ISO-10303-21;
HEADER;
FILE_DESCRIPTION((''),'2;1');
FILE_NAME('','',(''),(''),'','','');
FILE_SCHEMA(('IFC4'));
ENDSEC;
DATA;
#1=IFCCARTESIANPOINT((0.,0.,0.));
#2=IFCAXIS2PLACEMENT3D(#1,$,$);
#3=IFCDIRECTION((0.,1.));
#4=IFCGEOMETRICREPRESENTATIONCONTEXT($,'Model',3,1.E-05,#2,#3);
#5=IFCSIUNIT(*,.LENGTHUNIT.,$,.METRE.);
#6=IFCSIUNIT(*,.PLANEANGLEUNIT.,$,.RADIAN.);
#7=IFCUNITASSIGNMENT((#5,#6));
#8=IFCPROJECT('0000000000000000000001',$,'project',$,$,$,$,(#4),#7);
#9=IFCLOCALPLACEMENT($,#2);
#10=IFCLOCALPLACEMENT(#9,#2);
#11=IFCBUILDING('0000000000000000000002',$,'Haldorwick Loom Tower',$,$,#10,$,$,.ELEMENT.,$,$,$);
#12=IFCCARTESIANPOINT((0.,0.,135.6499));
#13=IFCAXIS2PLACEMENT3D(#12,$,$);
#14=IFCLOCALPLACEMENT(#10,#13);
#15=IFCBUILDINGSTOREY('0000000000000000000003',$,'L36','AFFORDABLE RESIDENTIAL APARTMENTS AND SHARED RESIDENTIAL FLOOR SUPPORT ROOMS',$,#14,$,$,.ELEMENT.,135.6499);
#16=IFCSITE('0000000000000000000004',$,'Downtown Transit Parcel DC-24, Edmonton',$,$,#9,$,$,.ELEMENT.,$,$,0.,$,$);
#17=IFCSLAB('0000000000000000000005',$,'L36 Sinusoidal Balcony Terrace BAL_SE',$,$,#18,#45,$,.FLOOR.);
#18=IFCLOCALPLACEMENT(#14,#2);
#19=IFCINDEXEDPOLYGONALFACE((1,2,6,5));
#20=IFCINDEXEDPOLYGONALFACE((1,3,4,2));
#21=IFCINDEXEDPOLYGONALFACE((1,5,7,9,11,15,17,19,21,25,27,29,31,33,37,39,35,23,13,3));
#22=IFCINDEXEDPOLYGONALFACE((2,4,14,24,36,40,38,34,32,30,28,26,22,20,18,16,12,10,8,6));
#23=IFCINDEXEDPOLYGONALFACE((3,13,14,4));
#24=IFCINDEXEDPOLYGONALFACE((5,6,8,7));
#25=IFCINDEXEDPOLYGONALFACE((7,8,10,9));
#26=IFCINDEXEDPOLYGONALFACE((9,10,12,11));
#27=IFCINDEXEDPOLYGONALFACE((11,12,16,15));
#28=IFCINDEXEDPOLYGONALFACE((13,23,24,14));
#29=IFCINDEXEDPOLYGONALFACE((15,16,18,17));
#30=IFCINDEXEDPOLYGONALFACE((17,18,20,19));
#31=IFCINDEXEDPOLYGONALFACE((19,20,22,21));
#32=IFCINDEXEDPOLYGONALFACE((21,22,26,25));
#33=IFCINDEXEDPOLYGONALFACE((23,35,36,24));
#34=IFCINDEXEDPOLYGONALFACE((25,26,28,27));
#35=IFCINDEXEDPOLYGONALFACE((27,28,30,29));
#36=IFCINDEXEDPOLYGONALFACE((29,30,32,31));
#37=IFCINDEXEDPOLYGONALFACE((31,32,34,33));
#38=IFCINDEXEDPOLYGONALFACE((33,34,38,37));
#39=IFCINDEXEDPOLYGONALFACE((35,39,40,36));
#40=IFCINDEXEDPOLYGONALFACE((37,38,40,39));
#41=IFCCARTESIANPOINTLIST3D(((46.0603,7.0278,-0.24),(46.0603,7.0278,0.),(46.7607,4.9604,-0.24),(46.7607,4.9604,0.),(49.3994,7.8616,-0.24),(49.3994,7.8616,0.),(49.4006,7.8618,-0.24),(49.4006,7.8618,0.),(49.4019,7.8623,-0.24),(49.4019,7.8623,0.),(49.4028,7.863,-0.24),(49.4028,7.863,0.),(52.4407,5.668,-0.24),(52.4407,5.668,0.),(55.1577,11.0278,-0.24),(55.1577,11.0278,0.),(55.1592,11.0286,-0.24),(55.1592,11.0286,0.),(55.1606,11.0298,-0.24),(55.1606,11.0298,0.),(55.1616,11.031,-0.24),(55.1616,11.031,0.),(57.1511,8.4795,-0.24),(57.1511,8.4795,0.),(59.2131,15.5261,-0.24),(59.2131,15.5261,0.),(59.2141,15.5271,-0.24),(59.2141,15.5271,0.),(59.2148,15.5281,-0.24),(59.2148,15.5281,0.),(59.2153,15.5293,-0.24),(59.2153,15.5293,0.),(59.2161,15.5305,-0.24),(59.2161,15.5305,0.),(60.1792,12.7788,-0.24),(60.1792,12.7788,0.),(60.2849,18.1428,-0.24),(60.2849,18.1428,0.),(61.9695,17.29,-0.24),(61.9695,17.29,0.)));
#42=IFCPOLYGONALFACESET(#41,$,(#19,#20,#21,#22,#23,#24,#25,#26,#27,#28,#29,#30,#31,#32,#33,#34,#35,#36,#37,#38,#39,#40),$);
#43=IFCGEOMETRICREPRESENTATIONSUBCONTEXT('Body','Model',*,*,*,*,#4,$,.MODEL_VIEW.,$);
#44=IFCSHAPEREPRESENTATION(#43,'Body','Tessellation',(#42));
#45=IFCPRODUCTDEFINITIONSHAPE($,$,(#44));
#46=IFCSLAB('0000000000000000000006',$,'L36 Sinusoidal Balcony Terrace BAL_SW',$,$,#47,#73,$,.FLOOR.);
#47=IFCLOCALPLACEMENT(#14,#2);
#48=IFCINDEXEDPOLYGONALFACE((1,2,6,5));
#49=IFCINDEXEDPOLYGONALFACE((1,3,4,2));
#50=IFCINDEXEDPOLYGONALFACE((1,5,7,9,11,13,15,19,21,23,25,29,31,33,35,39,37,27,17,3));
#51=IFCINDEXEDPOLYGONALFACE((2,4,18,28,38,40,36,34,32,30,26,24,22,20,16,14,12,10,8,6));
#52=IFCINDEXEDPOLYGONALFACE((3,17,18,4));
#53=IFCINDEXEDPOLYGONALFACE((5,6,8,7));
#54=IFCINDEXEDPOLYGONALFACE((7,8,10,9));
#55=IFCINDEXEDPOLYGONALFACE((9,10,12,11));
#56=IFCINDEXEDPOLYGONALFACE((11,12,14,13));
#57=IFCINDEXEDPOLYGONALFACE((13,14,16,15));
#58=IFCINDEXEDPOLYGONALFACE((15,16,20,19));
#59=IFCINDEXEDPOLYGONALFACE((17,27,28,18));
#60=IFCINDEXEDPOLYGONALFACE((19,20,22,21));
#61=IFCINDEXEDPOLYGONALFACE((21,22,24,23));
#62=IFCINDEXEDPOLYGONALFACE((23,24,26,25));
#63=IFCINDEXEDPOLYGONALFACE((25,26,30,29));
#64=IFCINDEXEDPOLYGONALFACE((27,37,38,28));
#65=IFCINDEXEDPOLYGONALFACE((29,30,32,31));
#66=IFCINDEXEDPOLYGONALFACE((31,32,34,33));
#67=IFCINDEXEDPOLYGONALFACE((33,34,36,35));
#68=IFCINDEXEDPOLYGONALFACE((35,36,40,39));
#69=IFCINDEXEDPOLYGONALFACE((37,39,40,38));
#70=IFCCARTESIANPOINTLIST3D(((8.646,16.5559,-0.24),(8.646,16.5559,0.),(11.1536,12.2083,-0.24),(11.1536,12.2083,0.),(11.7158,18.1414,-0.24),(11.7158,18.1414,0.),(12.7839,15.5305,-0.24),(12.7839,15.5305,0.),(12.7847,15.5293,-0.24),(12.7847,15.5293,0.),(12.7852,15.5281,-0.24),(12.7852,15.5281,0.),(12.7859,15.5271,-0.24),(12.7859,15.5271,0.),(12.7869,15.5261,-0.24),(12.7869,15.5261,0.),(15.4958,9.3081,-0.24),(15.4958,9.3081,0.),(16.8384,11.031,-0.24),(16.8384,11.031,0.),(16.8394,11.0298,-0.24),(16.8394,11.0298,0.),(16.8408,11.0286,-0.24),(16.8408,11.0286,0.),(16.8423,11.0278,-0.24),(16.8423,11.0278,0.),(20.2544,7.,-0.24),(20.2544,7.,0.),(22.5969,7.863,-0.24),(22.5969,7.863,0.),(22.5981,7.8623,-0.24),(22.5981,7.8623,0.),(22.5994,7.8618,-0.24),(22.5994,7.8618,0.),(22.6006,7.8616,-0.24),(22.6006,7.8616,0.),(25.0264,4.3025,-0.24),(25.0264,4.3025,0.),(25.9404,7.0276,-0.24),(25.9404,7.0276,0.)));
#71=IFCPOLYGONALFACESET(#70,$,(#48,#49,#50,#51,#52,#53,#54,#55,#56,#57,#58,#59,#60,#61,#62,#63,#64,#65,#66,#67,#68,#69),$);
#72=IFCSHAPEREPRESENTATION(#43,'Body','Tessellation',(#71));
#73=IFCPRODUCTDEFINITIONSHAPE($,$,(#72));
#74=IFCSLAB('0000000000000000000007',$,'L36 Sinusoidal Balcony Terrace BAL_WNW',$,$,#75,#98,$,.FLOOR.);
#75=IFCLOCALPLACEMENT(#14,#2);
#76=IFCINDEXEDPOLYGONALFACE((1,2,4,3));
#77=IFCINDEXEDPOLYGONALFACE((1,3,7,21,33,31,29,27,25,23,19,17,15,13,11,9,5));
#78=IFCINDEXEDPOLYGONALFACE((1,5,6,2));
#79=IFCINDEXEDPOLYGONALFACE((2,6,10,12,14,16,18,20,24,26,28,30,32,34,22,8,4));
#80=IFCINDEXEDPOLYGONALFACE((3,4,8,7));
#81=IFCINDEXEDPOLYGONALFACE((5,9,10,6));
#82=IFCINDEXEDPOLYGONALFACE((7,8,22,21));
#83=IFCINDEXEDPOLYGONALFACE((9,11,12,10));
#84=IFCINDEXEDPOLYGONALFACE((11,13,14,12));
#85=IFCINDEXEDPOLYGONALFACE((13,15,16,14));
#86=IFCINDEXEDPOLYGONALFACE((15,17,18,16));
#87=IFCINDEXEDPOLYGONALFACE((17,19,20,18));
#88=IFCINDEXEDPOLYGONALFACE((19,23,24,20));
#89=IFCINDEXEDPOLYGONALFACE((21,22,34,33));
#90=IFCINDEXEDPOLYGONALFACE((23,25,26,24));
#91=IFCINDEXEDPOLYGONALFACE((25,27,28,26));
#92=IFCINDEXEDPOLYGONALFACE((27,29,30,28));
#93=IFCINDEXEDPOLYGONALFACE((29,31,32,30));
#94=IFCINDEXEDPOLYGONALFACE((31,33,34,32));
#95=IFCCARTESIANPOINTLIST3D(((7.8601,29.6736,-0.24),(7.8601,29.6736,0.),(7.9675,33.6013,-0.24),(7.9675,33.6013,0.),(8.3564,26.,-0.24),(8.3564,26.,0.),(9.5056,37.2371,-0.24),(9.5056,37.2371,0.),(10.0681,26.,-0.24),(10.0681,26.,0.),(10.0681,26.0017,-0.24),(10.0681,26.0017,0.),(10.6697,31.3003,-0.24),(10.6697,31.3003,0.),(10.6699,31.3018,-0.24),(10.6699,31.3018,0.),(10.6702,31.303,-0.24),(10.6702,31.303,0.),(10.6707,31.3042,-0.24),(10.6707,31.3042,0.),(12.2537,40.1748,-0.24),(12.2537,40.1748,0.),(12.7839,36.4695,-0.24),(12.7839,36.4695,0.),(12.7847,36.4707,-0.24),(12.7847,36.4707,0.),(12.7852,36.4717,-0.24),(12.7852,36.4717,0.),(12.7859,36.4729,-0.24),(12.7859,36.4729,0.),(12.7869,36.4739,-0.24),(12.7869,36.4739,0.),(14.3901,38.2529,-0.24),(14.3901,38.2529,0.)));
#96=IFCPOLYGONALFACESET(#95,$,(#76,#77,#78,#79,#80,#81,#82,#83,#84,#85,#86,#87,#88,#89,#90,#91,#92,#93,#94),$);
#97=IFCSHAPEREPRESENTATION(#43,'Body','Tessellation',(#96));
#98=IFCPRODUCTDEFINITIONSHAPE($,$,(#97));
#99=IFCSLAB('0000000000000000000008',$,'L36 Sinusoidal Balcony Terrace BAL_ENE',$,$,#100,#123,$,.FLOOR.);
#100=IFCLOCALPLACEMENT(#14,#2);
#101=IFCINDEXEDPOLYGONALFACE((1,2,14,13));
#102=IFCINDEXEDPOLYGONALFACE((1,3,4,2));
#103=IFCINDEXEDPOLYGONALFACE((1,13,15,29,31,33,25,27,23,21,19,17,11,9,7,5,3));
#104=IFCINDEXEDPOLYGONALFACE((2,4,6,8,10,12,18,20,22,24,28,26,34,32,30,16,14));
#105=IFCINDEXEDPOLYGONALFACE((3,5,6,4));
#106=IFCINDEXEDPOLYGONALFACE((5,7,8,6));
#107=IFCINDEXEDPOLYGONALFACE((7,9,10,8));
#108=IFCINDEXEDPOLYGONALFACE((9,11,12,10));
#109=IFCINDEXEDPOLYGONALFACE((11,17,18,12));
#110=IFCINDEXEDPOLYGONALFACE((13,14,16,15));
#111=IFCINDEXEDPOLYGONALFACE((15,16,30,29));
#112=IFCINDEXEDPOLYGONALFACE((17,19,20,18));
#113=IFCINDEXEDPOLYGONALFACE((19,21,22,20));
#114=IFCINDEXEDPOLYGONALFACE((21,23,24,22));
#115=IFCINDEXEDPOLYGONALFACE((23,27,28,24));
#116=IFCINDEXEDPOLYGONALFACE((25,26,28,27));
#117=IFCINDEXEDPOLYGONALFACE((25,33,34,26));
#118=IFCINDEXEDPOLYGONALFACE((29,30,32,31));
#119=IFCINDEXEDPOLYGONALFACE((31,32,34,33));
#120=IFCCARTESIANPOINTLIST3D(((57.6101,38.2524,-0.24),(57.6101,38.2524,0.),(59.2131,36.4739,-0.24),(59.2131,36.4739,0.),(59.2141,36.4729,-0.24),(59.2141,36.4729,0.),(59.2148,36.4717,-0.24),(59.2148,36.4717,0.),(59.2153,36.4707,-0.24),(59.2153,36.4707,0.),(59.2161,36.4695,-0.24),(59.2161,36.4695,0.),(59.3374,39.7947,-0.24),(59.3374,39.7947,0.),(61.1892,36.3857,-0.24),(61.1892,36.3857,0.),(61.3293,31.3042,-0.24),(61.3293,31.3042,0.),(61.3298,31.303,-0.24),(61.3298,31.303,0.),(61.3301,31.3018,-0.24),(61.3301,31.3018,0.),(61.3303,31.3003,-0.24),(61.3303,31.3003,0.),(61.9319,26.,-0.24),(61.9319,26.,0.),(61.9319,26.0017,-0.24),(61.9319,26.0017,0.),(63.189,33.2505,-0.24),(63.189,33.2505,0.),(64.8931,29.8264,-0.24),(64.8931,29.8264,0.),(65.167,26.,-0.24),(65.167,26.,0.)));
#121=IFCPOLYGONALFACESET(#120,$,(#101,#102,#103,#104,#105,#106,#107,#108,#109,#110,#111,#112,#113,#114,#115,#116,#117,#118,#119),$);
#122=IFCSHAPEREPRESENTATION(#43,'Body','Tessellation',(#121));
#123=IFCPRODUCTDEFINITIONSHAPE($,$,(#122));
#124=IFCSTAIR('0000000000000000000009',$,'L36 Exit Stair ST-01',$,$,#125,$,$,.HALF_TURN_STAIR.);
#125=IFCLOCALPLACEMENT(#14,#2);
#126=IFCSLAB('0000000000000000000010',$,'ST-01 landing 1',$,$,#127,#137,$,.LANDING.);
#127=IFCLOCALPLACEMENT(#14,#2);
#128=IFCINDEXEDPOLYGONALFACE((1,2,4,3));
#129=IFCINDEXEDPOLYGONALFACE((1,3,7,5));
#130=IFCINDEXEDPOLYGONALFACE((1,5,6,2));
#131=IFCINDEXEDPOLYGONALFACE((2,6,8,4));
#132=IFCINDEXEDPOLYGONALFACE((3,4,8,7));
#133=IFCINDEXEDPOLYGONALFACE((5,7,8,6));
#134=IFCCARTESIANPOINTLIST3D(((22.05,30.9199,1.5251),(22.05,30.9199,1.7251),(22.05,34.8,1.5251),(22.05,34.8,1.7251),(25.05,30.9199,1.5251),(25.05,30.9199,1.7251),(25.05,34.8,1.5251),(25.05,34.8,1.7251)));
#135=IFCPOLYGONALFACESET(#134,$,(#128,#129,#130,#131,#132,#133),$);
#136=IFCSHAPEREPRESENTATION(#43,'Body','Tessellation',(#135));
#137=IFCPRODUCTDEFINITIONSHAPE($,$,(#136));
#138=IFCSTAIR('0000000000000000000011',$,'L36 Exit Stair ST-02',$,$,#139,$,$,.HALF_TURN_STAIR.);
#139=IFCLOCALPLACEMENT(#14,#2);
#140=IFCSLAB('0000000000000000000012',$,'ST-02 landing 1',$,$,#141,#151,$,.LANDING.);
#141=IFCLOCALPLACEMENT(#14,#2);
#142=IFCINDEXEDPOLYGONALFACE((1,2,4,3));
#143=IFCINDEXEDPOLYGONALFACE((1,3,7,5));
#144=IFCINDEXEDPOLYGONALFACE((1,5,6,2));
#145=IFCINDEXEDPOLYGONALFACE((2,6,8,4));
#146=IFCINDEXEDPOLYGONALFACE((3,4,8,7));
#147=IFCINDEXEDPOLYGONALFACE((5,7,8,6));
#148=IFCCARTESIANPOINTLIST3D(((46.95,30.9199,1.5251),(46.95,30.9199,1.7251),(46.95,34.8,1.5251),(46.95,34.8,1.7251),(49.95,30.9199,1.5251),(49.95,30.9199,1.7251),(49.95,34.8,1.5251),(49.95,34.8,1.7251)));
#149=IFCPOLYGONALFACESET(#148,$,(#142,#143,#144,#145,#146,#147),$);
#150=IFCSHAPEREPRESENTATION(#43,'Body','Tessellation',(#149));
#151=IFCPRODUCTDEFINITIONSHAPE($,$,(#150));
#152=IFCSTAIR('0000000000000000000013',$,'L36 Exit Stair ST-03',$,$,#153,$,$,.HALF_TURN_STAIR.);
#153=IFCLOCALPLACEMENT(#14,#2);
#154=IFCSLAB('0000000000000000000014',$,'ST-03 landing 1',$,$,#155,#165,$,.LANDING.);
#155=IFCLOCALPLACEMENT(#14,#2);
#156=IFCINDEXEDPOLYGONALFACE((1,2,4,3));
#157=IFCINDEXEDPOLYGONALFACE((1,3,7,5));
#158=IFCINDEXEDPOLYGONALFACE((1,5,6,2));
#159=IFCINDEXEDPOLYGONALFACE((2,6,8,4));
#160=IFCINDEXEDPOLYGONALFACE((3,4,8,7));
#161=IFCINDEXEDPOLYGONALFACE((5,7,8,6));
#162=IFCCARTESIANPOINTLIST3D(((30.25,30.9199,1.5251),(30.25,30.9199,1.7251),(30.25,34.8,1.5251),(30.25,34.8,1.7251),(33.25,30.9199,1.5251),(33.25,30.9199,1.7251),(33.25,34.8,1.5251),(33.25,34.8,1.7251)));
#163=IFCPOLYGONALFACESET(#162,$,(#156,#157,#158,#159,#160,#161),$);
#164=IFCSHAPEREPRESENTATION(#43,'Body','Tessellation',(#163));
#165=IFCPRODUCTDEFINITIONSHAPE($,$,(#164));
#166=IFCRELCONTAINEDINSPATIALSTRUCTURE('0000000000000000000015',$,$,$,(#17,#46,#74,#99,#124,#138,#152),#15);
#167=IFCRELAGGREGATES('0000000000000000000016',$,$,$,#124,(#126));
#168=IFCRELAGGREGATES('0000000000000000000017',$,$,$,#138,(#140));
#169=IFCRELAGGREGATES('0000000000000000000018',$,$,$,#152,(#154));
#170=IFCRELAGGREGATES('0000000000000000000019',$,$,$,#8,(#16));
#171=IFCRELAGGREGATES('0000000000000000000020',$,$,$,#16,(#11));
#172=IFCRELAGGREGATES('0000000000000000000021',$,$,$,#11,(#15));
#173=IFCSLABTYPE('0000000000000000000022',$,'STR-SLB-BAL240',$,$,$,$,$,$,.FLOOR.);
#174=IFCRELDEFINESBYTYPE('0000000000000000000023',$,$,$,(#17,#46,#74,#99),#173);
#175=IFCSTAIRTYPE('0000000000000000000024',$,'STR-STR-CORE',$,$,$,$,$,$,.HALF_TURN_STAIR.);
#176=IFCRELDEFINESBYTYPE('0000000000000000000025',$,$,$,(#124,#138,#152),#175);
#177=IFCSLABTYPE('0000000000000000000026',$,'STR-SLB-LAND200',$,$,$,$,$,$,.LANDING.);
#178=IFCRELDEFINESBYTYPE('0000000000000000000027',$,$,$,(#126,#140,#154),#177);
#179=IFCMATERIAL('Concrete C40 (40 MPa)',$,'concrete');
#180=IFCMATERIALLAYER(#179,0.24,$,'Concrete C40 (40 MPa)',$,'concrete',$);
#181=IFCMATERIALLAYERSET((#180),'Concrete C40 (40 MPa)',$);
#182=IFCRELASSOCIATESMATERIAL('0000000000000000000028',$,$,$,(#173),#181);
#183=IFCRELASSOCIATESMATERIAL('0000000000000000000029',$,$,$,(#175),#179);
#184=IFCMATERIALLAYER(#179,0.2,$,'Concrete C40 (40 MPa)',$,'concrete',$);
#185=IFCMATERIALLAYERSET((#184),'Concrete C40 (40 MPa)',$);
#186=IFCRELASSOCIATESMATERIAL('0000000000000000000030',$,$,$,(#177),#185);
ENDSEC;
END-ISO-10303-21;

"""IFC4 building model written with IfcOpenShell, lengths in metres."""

from ifc_helpers import new_model, si_unit, direction, frame, origin, place, context, subcontext, project, spatial, polyline, outline, extrude, material, layer, layer_set, type_object, element, aggregate, save


model = new_model("IFC4")

# Units and contexts
model_context = context("Model", 3, precision=1e-05, world=origin(), true_north=direction((0.0, 1.0)))
body_context = subcontext(model_context, "Body", "Model", "MODEL_VIEW")
ifc_project = project(units=[si_unit("LENGTHUNIT", "METRE"), si_unit("PLANEANGLEUNIT", "RADIAN")], contexts=[model_context])

# Site, building, storey
site_placement = place(None, origin())
site = spatial("IfcSite", under=ifc_project, at=site_placement, Name="Downtown Transit Parcel DC-24, Edmonton", CompositionType="ELEMENT", RefElevation=0.0)
building_placement = place(site_placement, origin())
building = spatial("IfcBuilding", under=site, at=building_placement, Name="Haldorwick Loom Tower", CompositionType="ELEMENT")
storey_placement = place(building_placement, frame((0.0, 0.0, 135.6499)))
storey = spatial("IfcBuildingStorey", under=building, at=storey_placement, Name="L36", Description="AFFORDABLE RESIDENTIAL APARTMENTS AND SHARED RESIDENTIAL FLOOR SUPPORT ROOMS", CompositionType="ELEMENT", Elevation=135.6499)

# Slabs
ifc_material_1 = material(Name="Concrete C40 (40 MPa)", Category="concrete")
ifc_layer_1 = layer(ifc_material_1, 0.24, Name="Concrete C40 (40 MPa)", Category="concrete")
ifc_layer_set_1 = layer_set([ifc_layer_1], Name="Concrete C40 (40 MPa)")
slab_type_1 = type_object("IfcSlabType", Name="STR-SLB-BAL240", PredefinedType="FLOOR", material=ifc_layer_set_1)
slab_1_placement = place(storey_placement, frame((0.0, 0.0, -0.24)))
element("IfcSlab", 1, at=slab_1_placement, inside=storey, type_object=slab_type_1, Name="L36 Sinusoidal Balcony Terrace BAL_SE", PredefinedType="FLOOR", context=body_context, shape_type="SweptSolid", body=[
    extrude(outline(polyline([(60.2849, 18.1428), (59.2161, 15.5305), (59.2153, 15.5293), (59.2148, 15.5281), (59.2141, 15.5271), (59.2131, 15.5261), (55.1616, 11.031), (55.1606, 11.0298), (55.1592, 11.0286), (55.1577, 11.0278), (49.4028, 7.863), (49.4019, 7.8623), (49.4006, 7.8618), (49.3994, 7.8616), (46.0603, 7.0278), (46.7607, 4.9604), (52.4407, 5.668), (57.1511, 8.4795), (60.1792, 12.7788), (61.9695, 17.29), (60.2849, 18.1428)])), origin(), (0.0, 0.0, 1.0), 0.24),
])
slab_2_placement = place(storey_placement, frame((0.0, 0.0, -0.24)))
element("IfcSlab", 2, at=slab_2_placement, inside=storey, type_object=slab_type_1, Name="L36 Sinusoidal Balcony Terrace BAL_SW", PredefinedType="FLOOR", context=body_context, shape_type="SweptSolid", body=[
    extrude(outline(polyline([(25.9404, 7.0276), (22.6006, 7.8616), (22.5994, 7.8618), (22.5981, 7.8623), (22.5969, 7.863), (16.8423, 11.0278), (16.8408, 11.0286), (16.8394, 11.0298), (16.8384, 11.031), (12.7869, 15.5261), (12.7859, 15.5271), (12.7852, 15.5281), (12.7847, 15.5293), (12.7839, 15.5305), (11.7158, 18.1414), (8.646, 16.5559), (11.1536, 12.2083), (15.4958, 9.3081), (20.2544, 7.0), (25.0264, 4.3025), (25.9404, 7.0276)])), origin(), (0.0, 0.0, 1.0), 0.24),
])
slab_3_placement = place(storey_placement, frame((0.0, 0.0, -0.24)))
element("IfcSlab", 3, at=slab_3_placement, inside=storey, type_object=slab_type_1, Name="L36 Sinusoidal Balcony Terrace BAL_WNW", PredefinedType="FLOOR", context=body_context, shape_type="SweptSolid", body=[
    extrude(outline(polyline([(10.0681, 26.0), (10.0681, 26.0017), (10.6697, 31.3003), (10.6699, 31.3018), (10.6702, 31.303), (10.6707, 31.3042), (12.7839, 36.4695), (12.7847, 36.4707), (12.7852, 36.4717), (12.7859, 36.4729), (12.7869, 36.4739), (14.3901, 38.2529), (12.2537, 40.1748), (9.5056, 37.2371), (7.9675, 33.6013), (7.8601, 29.6736), (8.3564, 26.0), (10.0681, 26.0)])), origin(), (0.0, 0.0, 1.0), 0.24),
])
slab_4_placement = place(storey_placement, frame((0.0, 0.0, -0.24)))
element("IfcSlab", 4, at=slab_4_placement, inside=storey, type_object=slab_type_1, Name="L36 Sinusoidal Balcony Terrace BAL_ENE", PredefinedType="FLOOR", context=body_context, shape_type="SweptSolid", body=[
    extrude(outline(polyline([(57.6101, 38.2524), (59.2131, 36.4739), (59.2141, 36.4729), (59.2148, 36.4717), (59.2153, 36.4707), (59.2161, 36.4695), (61.3293, 31.3042), (61.3298, 31.303), (61.3301, 31.3018), (61.3303, 31.3003), (61.9319, 26.0017), (61.9319, 26.0), (65.167, 26.0), (64.8931, 29.8264), (63.189, 33.2505), (61.1892, 36.3857), (59.3374, 39.7947), (57.6101, 38.2524)])), origin(), (0.0, 0.0, 1.0), 0.24),
])

# Stairs, slabs
stair_type = type_object("IfcStairType", Name="STR-STR-CORE", PredefinedType="HALF_TURN_STAIR", material=ifc_material_1)
stair_1_placement = place(storey_placement, origin())
stair_1 = element("IfcStair", 5, at=stair_1_placement, inside=storey, type_object=stair_type, Name="L36 Exit Stair ST-01", PredefinedType="HALF_TURN_STAIR")
ifc_layer_2 = layer(ifc_material_1, 0.2, Name="Concrete C40 (40 MPa)", Category="concrete")
ifc_layer_set_2 = layer_set([ifc_layer_2], Name="Concrete C40 (40 MPa)")
slab_type_2 = type_object("IfcSlabType", Name="STR-SLB-LAND200", PredefinedType="LANDING", material=ifc_layer_set_2)
slab_5_placement = place(storey_placement, frame((0.0, 0.0, 1.5251)))
slab_5 = element("IfcSlab", 6, at=slab_5_placement, type_object=slab_type_2, Name="ST-01 landing 1", PredefinedType="LANDING", context=body_context, shape_type="SweptSolid", body=[
    extrude(outline(polyline([(25.05, 30.9199), (25.05, 34.8), (22.05, 34.8), (22.05, 30.9199), (25.05, 30.9199)])), origin(), (0.0, 0.0, 1.0), 0.2),
])
aggregate(stair_1, [slab_5])
stair_2_placement = place(storey_placement, origin())
stair_2 = element("IfcStair", 7, at=stair_2_placement, inside=storey, type_object=stair_type, Name="L36 Exit Stair ST-02", PredefinedType="HALF_TURN_STAIR")
slab_6_placement = place(storey_placement, frame((0.0, 0.0, 1.5251)))
slab_6 = element("IfcSlab", 8, at=slab_6_placement, type_object=slab_type_2, Name="ST-02 landing 1", PredefinedType="LANDING", context=body_context, shape_type="SweptSolid", body=[
    extrude(outline(polyline([(49.95, 30.9199), (49.95, 34.8), (46.95, 34.8), (46.95, 30.9199), (49.95, 30.9199)])), origin(), (0.0, 0.0, 1.0), 0.2),
])
aggregate(stair_2, [slab_6])
stair_3_placement = place(storey_placement, origin())
stair_3 = element("IfcStair", 9, at=stair_3_placement, inside=storey, type_object=stair_type, Name="L36 Exit Stair ST-03", PredefinedType="HALF_TURN_STAIR")
slab_7_placement = place(storey_placement, frame((0.0, 0.0, 1.5251)))
slab_7 = element("IfcSlab", 10, at=slab_7_placement, type_object=slab_type_2, Name="ST-03 landing 1", PredefinedType="LANDING", context=body_context, shape_type="SweptSolid", body=[
    extrude(outline(polyline([(33.25, 30.9199), (33.25, 34.8), (30.25, 34.8), (30.25, 30.9199), (33.25, 30.9199)])), origin(), (0.0, 0.0, 1.0), 0.2),
])
aggregate(stair_3, [slab_7])

save(model, "model.ifc")
